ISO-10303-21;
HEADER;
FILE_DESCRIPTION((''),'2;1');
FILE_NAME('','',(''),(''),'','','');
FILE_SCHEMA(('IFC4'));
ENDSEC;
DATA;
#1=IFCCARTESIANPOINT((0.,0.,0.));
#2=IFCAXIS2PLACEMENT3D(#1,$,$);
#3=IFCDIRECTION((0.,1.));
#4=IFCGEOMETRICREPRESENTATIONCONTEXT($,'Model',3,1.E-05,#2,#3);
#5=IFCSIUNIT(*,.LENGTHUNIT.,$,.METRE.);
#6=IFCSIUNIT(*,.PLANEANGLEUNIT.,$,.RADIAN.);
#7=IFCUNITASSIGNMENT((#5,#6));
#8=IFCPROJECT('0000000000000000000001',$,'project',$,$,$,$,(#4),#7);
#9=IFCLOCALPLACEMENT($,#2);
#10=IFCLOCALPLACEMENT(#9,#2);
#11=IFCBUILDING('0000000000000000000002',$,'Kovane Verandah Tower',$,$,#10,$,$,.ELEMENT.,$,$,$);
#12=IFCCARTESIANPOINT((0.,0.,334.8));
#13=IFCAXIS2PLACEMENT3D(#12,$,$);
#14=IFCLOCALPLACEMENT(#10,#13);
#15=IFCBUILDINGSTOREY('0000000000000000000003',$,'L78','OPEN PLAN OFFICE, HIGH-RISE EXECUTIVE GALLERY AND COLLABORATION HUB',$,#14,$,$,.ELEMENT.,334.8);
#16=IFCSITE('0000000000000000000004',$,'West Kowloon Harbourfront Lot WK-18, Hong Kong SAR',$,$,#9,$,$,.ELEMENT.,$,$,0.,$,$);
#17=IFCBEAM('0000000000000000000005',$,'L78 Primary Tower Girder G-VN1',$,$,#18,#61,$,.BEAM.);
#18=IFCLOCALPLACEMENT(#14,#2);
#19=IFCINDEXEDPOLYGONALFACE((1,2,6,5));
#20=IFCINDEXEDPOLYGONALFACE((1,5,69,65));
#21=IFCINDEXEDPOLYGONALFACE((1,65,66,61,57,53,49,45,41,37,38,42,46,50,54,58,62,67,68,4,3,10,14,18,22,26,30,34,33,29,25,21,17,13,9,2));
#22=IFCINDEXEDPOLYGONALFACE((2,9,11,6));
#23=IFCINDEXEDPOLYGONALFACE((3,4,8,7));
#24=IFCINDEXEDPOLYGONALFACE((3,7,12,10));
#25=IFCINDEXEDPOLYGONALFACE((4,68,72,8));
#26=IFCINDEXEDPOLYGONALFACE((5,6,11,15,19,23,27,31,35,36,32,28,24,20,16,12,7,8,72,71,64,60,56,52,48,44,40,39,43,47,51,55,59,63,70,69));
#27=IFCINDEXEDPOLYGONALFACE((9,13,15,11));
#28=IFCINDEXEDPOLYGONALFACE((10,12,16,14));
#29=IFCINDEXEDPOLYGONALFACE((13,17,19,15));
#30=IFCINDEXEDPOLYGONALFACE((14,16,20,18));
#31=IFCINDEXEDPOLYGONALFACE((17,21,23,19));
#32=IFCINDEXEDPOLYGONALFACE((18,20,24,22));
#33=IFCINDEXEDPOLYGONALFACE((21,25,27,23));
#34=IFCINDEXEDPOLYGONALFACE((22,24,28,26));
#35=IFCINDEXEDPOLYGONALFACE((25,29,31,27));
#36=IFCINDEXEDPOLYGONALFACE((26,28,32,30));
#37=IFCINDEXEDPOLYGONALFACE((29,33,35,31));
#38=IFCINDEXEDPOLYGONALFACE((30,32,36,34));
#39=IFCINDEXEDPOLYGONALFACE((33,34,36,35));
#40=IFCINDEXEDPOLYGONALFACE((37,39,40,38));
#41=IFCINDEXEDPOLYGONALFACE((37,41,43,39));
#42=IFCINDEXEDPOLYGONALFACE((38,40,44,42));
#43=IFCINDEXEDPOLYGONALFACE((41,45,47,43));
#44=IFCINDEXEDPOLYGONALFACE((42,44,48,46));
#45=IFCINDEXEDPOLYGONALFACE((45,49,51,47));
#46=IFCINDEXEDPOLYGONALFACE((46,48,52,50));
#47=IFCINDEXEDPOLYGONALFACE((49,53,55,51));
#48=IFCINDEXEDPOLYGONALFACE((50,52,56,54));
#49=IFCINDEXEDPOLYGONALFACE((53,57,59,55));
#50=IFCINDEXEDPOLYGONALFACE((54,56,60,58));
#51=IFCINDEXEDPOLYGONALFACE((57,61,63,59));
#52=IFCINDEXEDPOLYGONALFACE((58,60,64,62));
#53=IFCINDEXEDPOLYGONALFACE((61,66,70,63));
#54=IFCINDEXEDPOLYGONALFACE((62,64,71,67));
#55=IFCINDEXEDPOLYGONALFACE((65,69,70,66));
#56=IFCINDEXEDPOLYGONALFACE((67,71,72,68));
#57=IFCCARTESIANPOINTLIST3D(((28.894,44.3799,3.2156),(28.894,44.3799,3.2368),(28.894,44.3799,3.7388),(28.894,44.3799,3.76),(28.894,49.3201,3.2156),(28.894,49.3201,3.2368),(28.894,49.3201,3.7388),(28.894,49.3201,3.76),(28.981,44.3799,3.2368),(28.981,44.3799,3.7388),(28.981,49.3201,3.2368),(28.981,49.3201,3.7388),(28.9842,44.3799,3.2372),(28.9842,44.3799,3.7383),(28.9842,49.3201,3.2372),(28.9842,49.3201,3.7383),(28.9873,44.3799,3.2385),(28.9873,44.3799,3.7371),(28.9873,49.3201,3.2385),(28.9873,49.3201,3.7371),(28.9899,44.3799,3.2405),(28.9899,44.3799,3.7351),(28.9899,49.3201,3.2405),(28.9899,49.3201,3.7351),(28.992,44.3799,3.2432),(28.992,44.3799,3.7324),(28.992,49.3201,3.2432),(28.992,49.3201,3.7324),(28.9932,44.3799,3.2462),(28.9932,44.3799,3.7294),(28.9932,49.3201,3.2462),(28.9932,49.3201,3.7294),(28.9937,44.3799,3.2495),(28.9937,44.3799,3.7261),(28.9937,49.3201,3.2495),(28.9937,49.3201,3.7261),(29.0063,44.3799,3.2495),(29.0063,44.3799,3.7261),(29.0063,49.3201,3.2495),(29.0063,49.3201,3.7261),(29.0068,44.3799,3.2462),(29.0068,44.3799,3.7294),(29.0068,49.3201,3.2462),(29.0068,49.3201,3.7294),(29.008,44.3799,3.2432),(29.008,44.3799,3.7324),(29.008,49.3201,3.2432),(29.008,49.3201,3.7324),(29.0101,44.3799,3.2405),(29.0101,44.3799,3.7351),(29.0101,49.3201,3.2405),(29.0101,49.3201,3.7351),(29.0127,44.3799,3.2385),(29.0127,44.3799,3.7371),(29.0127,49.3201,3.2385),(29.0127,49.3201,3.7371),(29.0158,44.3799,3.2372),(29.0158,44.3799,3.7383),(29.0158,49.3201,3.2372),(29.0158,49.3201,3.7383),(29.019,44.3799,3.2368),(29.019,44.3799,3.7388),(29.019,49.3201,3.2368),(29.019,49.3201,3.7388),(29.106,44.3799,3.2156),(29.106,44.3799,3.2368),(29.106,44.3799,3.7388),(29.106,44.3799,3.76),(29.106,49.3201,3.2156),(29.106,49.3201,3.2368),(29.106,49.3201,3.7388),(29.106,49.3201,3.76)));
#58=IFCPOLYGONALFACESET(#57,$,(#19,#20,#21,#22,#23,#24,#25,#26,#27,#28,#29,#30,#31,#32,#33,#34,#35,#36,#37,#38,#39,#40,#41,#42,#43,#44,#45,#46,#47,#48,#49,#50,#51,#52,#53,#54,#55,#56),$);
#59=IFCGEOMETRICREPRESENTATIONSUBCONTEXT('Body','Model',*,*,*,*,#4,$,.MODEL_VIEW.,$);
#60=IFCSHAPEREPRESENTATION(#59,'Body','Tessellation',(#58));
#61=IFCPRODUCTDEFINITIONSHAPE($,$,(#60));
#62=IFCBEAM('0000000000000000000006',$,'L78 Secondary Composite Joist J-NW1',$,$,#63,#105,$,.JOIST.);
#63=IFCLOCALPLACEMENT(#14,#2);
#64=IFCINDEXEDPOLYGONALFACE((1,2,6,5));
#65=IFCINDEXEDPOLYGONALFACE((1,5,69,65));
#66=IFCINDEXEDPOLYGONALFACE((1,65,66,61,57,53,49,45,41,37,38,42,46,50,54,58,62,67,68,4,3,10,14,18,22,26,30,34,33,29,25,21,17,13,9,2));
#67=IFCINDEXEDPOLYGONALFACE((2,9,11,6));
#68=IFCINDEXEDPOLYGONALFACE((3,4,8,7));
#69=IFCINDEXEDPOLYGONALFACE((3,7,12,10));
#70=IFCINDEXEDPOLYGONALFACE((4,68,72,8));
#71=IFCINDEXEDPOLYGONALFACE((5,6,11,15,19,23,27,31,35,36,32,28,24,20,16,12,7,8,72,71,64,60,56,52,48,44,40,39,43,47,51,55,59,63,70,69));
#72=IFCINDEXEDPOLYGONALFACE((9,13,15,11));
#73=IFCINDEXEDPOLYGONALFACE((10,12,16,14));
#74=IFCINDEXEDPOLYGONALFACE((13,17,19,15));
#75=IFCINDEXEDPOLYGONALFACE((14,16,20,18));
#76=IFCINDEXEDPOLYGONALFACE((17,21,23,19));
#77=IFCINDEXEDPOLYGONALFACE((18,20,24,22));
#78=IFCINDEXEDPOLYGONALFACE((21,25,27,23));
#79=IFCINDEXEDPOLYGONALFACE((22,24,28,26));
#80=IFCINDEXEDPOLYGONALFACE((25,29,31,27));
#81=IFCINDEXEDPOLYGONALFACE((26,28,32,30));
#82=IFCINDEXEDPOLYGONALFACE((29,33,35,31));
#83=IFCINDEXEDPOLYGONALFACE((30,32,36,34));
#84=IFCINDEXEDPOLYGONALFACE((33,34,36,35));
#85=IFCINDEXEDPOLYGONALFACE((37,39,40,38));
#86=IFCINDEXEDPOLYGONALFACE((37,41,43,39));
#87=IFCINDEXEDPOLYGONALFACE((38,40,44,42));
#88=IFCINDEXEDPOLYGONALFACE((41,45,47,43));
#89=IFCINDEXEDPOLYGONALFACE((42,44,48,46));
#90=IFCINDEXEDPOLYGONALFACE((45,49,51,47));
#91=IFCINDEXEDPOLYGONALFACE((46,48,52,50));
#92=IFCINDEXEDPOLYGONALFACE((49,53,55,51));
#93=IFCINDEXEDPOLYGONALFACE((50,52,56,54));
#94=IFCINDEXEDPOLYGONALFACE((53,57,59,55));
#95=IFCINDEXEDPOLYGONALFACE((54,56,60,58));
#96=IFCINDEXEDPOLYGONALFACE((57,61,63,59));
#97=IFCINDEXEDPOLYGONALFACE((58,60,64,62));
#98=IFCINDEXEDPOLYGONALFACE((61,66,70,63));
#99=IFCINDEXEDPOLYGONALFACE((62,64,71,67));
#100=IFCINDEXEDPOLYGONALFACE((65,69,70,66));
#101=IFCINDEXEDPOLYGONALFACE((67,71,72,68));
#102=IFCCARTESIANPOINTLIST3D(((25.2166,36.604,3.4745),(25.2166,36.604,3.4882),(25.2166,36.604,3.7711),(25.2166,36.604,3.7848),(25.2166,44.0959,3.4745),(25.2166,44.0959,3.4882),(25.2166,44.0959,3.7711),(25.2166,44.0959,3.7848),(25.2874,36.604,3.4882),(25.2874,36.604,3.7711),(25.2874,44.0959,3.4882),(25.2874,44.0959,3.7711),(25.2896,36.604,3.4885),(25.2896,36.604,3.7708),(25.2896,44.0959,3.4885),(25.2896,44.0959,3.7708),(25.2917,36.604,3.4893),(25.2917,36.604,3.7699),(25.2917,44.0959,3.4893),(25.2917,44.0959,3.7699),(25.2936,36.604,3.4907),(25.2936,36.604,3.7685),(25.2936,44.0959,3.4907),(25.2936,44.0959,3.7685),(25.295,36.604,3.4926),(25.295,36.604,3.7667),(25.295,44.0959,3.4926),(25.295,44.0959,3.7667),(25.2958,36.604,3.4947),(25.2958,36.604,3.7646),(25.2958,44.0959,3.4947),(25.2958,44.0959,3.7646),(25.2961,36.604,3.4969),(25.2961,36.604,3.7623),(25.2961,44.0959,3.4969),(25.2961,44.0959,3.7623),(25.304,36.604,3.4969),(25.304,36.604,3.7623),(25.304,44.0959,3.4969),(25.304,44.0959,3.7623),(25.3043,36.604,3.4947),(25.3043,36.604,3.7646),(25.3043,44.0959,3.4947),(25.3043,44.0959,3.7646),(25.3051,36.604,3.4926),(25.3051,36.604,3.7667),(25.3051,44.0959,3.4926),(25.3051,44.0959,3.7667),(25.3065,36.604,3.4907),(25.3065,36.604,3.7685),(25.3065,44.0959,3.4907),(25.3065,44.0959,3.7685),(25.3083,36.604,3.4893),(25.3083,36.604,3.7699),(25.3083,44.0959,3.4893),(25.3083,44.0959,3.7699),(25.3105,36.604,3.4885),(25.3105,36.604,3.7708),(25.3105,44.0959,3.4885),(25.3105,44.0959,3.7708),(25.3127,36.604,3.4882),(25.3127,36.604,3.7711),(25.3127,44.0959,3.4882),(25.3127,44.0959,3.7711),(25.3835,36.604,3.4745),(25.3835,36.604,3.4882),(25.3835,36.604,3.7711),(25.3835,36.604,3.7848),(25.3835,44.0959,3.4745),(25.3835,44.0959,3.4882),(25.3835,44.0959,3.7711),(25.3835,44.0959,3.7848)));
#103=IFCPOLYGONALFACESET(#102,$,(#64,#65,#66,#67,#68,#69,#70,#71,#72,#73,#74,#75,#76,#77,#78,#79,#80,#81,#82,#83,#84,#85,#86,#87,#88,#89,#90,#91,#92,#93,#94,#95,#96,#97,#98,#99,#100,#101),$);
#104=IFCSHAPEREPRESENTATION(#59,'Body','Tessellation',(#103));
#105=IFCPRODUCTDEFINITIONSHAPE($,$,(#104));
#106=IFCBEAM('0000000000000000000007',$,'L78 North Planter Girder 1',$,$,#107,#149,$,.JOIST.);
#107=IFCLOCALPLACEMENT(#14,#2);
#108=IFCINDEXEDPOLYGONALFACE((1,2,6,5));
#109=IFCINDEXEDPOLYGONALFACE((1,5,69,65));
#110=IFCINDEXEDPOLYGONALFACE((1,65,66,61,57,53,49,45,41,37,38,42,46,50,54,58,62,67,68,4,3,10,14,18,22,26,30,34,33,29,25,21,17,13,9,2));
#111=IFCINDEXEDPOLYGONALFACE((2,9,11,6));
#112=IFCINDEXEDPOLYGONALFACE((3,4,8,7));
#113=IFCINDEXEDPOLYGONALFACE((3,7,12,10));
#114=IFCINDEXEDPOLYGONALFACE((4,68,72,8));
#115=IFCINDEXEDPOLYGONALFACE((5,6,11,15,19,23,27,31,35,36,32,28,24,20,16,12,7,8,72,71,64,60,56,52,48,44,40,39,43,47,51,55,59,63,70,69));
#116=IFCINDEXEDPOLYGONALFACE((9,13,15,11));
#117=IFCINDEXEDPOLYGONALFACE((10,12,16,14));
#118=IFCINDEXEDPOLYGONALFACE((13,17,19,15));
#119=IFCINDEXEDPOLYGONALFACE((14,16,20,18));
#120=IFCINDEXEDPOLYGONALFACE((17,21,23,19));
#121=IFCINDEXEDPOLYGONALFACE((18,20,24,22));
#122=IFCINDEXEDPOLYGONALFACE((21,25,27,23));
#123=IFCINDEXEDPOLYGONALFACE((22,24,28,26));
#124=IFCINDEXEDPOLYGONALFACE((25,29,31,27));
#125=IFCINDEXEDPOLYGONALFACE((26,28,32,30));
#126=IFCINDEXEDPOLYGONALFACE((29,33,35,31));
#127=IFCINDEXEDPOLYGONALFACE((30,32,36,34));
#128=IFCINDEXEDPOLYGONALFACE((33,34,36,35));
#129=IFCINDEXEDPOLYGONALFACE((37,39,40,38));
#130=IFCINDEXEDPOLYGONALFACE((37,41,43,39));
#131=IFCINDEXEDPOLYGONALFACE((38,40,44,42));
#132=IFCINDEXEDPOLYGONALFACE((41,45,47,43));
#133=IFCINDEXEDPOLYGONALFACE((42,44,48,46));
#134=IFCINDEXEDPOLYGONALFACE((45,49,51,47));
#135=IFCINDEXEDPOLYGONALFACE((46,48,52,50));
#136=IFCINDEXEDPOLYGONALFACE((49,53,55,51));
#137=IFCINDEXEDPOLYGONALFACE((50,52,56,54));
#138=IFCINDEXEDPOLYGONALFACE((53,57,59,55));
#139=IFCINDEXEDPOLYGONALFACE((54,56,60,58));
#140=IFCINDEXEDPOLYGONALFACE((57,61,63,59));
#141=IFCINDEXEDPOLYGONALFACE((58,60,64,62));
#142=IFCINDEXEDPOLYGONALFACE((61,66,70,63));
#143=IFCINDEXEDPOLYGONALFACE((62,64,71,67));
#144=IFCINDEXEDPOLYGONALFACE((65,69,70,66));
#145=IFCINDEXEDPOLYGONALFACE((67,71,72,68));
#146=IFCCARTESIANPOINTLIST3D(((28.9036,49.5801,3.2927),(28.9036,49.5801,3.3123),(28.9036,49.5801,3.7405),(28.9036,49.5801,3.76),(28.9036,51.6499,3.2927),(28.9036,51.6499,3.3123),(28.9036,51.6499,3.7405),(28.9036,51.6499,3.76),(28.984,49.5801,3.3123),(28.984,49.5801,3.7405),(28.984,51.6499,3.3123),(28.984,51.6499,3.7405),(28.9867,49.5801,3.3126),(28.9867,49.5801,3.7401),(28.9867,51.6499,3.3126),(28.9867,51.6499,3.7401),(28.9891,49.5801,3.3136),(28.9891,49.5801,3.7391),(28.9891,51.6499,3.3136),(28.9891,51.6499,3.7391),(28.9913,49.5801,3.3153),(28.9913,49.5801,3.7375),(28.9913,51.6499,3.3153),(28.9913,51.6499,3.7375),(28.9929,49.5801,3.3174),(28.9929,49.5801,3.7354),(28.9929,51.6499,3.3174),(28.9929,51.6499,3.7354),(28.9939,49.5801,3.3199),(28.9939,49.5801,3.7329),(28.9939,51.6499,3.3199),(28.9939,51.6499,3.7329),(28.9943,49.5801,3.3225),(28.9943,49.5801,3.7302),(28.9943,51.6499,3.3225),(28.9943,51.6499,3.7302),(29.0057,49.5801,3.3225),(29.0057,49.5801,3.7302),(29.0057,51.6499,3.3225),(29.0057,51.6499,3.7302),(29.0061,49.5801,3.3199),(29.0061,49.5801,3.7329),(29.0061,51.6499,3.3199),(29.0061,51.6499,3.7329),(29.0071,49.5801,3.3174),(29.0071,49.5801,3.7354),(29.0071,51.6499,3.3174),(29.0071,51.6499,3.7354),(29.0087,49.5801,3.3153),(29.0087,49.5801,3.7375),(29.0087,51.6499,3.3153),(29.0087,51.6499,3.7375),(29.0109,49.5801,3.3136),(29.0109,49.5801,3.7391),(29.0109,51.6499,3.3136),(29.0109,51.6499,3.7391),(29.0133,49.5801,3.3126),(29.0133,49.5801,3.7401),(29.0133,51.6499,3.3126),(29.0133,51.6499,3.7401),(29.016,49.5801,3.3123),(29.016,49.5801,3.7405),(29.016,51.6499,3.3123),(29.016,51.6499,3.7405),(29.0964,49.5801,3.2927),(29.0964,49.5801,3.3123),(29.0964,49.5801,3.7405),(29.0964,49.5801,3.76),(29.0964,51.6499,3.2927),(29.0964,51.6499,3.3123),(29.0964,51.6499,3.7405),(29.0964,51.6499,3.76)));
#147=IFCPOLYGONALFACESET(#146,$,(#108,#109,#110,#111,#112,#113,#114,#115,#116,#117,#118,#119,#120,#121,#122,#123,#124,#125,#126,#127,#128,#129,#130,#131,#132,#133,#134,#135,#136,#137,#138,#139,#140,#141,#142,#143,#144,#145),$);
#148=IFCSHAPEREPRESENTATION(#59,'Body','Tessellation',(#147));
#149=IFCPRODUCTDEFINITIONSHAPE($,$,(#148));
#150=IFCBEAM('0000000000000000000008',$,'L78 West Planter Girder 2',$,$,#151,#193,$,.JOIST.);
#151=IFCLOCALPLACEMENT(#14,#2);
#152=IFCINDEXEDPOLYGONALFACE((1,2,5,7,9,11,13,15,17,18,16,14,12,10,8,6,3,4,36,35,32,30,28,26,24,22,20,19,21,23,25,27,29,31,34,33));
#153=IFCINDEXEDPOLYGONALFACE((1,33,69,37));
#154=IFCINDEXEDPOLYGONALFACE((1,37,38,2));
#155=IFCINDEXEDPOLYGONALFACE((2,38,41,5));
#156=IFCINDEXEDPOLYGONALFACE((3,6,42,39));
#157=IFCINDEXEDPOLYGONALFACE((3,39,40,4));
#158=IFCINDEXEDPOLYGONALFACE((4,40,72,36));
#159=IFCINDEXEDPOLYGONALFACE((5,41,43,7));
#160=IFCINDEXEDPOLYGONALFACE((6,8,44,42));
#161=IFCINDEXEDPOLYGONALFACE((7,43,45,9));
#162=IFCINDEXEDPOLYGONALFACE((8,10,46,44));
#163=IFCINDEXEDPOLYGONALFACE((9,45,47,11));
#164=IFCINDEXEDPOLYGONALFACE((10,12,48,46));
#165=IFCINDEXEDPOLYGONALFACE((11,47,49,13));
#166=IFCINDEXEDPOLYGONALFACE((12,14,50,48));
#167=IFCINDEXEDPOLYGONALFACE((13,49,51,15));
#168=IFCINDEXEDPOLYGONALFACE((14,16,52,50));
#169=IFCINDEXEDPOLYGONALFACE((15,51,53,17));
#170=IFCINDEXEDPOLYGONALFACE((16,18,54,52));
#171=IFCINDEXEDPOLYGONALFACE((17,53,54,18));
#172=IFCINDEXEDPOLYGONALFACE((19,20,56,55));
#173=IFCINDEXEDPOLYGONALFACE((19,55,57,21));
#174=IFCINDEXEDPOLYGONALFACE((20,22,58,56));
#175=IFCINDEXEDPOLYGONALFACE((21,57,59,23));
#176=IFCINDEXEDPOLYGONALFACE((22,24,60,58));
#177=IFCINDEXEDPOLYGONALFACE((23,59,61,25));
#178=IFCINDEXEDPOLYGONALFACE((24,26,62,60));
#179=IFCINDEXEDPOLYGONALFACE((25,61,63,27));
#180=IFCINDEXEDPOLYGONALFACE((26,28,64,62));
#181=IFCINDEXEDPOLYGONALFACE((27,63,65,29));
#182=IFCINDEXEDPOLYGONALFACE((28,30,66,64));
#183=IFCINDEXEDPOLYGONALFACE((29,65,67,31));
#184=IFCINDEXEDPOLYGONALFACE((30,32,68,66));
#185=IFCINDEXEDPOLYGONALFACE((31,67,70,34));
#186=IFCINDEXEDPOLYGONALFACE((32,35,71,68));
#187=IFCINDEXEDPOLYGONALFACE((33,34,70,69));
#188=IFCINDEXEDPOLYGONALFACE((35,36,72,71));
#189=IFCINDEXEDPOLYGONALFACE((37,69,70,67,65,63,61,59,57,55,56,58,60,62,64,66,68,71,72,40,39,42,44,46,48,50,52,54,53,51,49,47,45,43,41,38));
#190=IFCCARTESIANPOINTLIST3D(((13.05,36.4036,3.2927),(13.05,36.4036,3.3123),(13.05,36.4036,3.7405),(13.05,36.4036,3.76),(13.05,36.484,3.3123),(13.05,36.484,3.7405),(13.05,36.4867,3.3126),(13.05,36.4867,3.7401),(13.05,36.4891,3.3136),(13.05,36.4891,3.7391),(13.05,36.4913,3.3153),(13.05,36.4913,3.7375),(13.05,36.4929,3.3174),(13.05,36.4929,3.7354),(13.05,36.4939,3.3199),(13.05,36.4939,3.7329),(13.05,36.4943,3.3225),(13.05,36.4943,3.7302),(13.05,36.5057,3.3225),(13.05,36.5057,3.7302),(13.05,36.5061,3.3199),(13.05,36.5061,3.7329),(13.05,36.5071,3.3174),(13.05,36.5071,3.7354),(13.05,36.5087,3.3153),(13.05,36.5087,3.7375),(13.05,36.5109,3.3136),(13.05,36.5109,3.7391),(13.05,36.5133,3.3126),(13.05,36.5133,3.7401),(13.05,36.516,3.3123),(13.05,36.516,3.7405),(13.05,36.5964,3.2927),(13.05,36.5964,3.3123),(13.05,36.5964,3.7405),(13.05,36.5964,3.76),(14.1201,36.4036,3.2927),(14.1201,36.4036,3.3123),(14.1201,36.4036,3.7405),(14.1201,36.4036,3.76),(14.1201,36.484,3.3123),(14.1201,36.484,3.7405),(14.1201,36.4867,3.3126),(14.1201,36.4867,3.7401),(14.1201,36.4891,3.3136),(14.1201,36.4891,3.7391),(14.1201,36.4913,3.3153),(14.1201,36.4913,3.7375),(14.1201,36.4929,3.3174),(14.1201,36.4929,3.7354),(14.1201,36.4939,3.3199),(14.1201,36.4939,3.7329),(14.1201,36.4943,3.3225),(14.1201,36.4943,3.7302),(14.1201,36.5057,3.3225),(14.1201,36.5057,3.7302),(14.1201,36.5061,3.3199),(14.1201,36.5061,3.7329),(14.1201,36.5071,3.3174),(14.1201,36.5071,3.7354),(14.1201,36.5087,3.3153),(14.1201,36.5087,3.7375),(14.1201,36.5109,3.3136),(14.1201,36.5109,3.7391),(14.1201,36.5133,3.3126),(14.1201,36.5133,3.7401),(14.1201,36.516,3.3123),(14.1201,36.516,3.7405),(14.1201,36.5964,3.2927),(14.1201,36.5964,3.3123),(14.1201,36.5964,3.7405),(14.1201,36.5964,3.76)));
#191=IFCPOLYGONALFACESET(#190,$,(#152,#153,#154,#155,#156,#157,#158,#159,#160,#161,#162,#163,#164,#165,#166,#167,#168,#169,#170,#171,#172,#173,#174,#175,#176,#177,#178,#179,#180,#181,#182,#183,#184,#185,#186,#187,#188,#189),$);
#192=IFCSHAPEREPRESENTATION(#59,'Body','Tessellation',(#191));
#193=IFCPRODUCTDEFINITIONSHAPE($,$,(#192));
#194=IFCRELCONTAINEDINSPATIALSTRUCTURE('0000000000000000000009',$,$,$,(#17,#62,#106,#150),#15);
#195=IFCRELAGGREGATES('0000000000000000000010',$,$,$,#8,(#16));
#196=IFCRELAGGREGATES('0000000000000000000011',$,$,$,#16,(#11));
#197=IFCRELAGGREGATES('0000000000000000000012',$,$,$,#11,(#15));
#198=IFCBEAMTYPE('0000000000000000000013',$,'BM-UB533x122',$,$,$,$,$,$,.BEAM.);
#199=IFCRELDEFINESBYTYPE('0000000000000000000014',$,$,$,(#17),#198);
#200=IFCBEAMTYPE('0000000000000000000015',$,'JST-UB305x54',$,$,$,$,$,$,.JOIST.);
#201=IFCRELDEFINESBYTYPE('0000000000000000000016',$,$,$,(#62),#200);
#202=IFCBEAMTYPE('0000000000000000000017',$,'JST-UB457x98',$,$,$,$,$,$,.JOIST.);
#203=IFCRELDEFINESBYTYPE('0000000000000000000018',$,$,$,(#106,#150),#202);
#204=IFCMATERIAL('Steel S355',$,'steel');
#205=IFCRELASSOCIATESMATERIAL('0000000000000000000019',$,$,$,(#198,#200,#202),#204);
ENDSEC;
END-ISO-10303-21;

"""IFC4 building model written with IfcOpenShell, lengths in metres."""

from ifc_helpers import new_model, si_unit, direction, frame, origin, origin_2d, place, context, subcontext, project, spatial, i_section, extrude, material, material_profile, profile_set, type_object, element, save


model = new_model("IFC4")

# Units and contexts
model_context = context("Model", 3, precision=1e-05, world=origin(), true_north=direction((0.0, 1.0)))
body_context = subcontext(model_context, "Body", "Model", "MODEL_VIEW")
ifc_project = project(units=[si_unit("LENGTHUNIT", "METRE"), si_unit("PLANEANGLEUNIT", "RADIAN")], contexts=[model_context])

# Site, building, storey
site_placement = place(None, origin())
site = spatial("IfcSite", under=ifc_project, at=site_placement, Name="West Kowloon Harbourfront Lot WK-18, Hong Kong SAR", CompositionType="ELEMENT", RefElevation=0.0)
building_placement = place(site_placement, origin())
building = spatial("IfcBuilding", under=site, at=building_placement, Name="Kovane Verandah Tower", CompositionType="ELEMENT")
storey_placement = place(building_placement, frame((0.0, 0.0, 334.8)))
storey = spatial("IfcBuildingStorey", under=building, at=storey_placement, Name="L78", Description="OPEN PLAN OFFICE, HIGH-RISE EXECUTIVE GALLERY AND COLLABORATION HUB", CompositionType="ELEMENT", Elevation=334.8)

# Beams
ifc_material_1 = material(Name="Steel S355", Category="steel")
ifc_material_profile_1 = material_profile(ifc_material_1, i_section(OverallWidth=0.2119, OverallDepth=0.5444, WebThickness=0.0127, FlangeThickness=0.0212, FilletRadius=0.0127, at=origin_2d()), Name="UB533x210x122")
ifc_profile_set_1 = profile_set([ifc_material_profile_1], Name="Steel S355")
beam_type_1 = type_object("IfcBeamType", Name="BM-UB533x122", PredefinedType="BEAM", material=ifc_profile_set_1)
beam_1_placement = place(storey_placement, frame((29.0, 44.3799, 3.4878), z_axis=(0.0, 1.0, 0.0), x_axis=(-1.0, 0.0, 0.0)))
element("IfcBeam", 1, at=beam_1_placement, inside=storey, type_object=beam_type_1, Name="L78 Primary Tower Girder G-VN1", PredefinedType="BEAM", context=body_context, shape_type="SweptSolid", body=[
    extrude(i_section(OverallWidth=0.2119, OverallDepth=0.5444, WebThickness=0.0127, FlangeThickness=0.0212, FilletRadius=0.0127, at=origin_2d()), origin(), (0.0, 0.0, 1.0), 4.9402),
])
ifc_material_profile_2 = material_profile(ifc_material_1, i_section(OverallWidth=0.167, OverallDepth=0.3103, WebThickness=0.0078, FlangeThickness=0.0137, FilletRadius=0.0088, at=origin_2d()), Name="UB305x165x54")
ifc_profile_set_2 = profile_set([ifc_material_profile_2], Name="Steel S355")
beam_type_2 = type_object("IfcBeamType", Name="JST-UB305x54", PredefinedType="JOIST", material=ifc_profile_set_2)
beam_2_placement = place(storey_placement, frame((25.3, 36.604, 3.6296), z_axis=(0.0, 1.0, 0.0), x_axis=(-1.0, 0.0, 0.0)))
element("IfcBeam", 2, at=beam_2_placement, inside=storey, type_object=beam_type_2, Name="L78 Secondary Composite Joist J-NW1", PredefinedType="JOIST", context=body_context, shape_type="SweptSolid", body=[
    extrude(i_section(OverallWidth=0.167, OverallDepth=0.3103, WebThickness=0.0078, FlangeThickness=0.0137, FilletRadius=0.0088, at=origin_2d()), origin(), (0.0, 0.0, 1.0), 7.4919),
])
ifc_material_profile_3 = material_profile(ifc_material_1, i_section(OverallWidth=0.1929, OverallDepth=0.4673, WebThickness=0.0115, FlangeThickness=0.0195, FilletRadius=0.0103, at=origin_2d()), Name="UB457x191x98")
ifc_profile_set_3 = profile_set([ifc_material_profile_3], Name="Steel S355")
beam_type_3 = type_object("IfcBeamType", Name="JST-UB457x98", PredefinedType="JOIST", material=ifc_profile_set_3)
beam_3_placement = place(storey_placement, frame((29.0, 49.5801, 3.5264), z_axis=(0.0, 1.0, 0.0), x_axis=(-1.0, 0.0, 0.0)))
element("IfcBeam", 3, at=beam_3_placement, inside=storey, type_object=beam_type_3, Name="L78 North Planter Girder 1", PredefinedType="JOIST", context=body_context, shape_type="SweptSolid", body=[
    extrude(i_section(OverallWidth=0.1929, OverallDepth=0.4673, WebThickness=0.0115, FlangeThickness=0.0195, FilletRadius=0.0103, at=origin_2d()), origin(), (0.0, 0.0, 1.0), 2.0698),
])
beam_4_placement = place(storey_placement, frame((14.1201, 36.5, 3.5264), z_axis=(-1.0, 0.0, 0.0), x_axis=(0.0, -1.0, 0.0)))
element("IfcBeam", 4, at=beam_4_placement, inside=storey, type_object=beam_type_3, Name="L78 West Planter Girder 2", PredefinedType="JOIST", context=body_context, shape_type="SweptSolid", body=[
    extrude(i_section(OverallWidth=0.1929, OverallDepth=0.4673, WebThickness=0.0115, FlangeThickness=0.0195, FilletRadius=0.0103, at=origin_2d()), origin(), (0.0, 0.0, 1.0), 1.0701),
])

save(model, "model.ifc")
